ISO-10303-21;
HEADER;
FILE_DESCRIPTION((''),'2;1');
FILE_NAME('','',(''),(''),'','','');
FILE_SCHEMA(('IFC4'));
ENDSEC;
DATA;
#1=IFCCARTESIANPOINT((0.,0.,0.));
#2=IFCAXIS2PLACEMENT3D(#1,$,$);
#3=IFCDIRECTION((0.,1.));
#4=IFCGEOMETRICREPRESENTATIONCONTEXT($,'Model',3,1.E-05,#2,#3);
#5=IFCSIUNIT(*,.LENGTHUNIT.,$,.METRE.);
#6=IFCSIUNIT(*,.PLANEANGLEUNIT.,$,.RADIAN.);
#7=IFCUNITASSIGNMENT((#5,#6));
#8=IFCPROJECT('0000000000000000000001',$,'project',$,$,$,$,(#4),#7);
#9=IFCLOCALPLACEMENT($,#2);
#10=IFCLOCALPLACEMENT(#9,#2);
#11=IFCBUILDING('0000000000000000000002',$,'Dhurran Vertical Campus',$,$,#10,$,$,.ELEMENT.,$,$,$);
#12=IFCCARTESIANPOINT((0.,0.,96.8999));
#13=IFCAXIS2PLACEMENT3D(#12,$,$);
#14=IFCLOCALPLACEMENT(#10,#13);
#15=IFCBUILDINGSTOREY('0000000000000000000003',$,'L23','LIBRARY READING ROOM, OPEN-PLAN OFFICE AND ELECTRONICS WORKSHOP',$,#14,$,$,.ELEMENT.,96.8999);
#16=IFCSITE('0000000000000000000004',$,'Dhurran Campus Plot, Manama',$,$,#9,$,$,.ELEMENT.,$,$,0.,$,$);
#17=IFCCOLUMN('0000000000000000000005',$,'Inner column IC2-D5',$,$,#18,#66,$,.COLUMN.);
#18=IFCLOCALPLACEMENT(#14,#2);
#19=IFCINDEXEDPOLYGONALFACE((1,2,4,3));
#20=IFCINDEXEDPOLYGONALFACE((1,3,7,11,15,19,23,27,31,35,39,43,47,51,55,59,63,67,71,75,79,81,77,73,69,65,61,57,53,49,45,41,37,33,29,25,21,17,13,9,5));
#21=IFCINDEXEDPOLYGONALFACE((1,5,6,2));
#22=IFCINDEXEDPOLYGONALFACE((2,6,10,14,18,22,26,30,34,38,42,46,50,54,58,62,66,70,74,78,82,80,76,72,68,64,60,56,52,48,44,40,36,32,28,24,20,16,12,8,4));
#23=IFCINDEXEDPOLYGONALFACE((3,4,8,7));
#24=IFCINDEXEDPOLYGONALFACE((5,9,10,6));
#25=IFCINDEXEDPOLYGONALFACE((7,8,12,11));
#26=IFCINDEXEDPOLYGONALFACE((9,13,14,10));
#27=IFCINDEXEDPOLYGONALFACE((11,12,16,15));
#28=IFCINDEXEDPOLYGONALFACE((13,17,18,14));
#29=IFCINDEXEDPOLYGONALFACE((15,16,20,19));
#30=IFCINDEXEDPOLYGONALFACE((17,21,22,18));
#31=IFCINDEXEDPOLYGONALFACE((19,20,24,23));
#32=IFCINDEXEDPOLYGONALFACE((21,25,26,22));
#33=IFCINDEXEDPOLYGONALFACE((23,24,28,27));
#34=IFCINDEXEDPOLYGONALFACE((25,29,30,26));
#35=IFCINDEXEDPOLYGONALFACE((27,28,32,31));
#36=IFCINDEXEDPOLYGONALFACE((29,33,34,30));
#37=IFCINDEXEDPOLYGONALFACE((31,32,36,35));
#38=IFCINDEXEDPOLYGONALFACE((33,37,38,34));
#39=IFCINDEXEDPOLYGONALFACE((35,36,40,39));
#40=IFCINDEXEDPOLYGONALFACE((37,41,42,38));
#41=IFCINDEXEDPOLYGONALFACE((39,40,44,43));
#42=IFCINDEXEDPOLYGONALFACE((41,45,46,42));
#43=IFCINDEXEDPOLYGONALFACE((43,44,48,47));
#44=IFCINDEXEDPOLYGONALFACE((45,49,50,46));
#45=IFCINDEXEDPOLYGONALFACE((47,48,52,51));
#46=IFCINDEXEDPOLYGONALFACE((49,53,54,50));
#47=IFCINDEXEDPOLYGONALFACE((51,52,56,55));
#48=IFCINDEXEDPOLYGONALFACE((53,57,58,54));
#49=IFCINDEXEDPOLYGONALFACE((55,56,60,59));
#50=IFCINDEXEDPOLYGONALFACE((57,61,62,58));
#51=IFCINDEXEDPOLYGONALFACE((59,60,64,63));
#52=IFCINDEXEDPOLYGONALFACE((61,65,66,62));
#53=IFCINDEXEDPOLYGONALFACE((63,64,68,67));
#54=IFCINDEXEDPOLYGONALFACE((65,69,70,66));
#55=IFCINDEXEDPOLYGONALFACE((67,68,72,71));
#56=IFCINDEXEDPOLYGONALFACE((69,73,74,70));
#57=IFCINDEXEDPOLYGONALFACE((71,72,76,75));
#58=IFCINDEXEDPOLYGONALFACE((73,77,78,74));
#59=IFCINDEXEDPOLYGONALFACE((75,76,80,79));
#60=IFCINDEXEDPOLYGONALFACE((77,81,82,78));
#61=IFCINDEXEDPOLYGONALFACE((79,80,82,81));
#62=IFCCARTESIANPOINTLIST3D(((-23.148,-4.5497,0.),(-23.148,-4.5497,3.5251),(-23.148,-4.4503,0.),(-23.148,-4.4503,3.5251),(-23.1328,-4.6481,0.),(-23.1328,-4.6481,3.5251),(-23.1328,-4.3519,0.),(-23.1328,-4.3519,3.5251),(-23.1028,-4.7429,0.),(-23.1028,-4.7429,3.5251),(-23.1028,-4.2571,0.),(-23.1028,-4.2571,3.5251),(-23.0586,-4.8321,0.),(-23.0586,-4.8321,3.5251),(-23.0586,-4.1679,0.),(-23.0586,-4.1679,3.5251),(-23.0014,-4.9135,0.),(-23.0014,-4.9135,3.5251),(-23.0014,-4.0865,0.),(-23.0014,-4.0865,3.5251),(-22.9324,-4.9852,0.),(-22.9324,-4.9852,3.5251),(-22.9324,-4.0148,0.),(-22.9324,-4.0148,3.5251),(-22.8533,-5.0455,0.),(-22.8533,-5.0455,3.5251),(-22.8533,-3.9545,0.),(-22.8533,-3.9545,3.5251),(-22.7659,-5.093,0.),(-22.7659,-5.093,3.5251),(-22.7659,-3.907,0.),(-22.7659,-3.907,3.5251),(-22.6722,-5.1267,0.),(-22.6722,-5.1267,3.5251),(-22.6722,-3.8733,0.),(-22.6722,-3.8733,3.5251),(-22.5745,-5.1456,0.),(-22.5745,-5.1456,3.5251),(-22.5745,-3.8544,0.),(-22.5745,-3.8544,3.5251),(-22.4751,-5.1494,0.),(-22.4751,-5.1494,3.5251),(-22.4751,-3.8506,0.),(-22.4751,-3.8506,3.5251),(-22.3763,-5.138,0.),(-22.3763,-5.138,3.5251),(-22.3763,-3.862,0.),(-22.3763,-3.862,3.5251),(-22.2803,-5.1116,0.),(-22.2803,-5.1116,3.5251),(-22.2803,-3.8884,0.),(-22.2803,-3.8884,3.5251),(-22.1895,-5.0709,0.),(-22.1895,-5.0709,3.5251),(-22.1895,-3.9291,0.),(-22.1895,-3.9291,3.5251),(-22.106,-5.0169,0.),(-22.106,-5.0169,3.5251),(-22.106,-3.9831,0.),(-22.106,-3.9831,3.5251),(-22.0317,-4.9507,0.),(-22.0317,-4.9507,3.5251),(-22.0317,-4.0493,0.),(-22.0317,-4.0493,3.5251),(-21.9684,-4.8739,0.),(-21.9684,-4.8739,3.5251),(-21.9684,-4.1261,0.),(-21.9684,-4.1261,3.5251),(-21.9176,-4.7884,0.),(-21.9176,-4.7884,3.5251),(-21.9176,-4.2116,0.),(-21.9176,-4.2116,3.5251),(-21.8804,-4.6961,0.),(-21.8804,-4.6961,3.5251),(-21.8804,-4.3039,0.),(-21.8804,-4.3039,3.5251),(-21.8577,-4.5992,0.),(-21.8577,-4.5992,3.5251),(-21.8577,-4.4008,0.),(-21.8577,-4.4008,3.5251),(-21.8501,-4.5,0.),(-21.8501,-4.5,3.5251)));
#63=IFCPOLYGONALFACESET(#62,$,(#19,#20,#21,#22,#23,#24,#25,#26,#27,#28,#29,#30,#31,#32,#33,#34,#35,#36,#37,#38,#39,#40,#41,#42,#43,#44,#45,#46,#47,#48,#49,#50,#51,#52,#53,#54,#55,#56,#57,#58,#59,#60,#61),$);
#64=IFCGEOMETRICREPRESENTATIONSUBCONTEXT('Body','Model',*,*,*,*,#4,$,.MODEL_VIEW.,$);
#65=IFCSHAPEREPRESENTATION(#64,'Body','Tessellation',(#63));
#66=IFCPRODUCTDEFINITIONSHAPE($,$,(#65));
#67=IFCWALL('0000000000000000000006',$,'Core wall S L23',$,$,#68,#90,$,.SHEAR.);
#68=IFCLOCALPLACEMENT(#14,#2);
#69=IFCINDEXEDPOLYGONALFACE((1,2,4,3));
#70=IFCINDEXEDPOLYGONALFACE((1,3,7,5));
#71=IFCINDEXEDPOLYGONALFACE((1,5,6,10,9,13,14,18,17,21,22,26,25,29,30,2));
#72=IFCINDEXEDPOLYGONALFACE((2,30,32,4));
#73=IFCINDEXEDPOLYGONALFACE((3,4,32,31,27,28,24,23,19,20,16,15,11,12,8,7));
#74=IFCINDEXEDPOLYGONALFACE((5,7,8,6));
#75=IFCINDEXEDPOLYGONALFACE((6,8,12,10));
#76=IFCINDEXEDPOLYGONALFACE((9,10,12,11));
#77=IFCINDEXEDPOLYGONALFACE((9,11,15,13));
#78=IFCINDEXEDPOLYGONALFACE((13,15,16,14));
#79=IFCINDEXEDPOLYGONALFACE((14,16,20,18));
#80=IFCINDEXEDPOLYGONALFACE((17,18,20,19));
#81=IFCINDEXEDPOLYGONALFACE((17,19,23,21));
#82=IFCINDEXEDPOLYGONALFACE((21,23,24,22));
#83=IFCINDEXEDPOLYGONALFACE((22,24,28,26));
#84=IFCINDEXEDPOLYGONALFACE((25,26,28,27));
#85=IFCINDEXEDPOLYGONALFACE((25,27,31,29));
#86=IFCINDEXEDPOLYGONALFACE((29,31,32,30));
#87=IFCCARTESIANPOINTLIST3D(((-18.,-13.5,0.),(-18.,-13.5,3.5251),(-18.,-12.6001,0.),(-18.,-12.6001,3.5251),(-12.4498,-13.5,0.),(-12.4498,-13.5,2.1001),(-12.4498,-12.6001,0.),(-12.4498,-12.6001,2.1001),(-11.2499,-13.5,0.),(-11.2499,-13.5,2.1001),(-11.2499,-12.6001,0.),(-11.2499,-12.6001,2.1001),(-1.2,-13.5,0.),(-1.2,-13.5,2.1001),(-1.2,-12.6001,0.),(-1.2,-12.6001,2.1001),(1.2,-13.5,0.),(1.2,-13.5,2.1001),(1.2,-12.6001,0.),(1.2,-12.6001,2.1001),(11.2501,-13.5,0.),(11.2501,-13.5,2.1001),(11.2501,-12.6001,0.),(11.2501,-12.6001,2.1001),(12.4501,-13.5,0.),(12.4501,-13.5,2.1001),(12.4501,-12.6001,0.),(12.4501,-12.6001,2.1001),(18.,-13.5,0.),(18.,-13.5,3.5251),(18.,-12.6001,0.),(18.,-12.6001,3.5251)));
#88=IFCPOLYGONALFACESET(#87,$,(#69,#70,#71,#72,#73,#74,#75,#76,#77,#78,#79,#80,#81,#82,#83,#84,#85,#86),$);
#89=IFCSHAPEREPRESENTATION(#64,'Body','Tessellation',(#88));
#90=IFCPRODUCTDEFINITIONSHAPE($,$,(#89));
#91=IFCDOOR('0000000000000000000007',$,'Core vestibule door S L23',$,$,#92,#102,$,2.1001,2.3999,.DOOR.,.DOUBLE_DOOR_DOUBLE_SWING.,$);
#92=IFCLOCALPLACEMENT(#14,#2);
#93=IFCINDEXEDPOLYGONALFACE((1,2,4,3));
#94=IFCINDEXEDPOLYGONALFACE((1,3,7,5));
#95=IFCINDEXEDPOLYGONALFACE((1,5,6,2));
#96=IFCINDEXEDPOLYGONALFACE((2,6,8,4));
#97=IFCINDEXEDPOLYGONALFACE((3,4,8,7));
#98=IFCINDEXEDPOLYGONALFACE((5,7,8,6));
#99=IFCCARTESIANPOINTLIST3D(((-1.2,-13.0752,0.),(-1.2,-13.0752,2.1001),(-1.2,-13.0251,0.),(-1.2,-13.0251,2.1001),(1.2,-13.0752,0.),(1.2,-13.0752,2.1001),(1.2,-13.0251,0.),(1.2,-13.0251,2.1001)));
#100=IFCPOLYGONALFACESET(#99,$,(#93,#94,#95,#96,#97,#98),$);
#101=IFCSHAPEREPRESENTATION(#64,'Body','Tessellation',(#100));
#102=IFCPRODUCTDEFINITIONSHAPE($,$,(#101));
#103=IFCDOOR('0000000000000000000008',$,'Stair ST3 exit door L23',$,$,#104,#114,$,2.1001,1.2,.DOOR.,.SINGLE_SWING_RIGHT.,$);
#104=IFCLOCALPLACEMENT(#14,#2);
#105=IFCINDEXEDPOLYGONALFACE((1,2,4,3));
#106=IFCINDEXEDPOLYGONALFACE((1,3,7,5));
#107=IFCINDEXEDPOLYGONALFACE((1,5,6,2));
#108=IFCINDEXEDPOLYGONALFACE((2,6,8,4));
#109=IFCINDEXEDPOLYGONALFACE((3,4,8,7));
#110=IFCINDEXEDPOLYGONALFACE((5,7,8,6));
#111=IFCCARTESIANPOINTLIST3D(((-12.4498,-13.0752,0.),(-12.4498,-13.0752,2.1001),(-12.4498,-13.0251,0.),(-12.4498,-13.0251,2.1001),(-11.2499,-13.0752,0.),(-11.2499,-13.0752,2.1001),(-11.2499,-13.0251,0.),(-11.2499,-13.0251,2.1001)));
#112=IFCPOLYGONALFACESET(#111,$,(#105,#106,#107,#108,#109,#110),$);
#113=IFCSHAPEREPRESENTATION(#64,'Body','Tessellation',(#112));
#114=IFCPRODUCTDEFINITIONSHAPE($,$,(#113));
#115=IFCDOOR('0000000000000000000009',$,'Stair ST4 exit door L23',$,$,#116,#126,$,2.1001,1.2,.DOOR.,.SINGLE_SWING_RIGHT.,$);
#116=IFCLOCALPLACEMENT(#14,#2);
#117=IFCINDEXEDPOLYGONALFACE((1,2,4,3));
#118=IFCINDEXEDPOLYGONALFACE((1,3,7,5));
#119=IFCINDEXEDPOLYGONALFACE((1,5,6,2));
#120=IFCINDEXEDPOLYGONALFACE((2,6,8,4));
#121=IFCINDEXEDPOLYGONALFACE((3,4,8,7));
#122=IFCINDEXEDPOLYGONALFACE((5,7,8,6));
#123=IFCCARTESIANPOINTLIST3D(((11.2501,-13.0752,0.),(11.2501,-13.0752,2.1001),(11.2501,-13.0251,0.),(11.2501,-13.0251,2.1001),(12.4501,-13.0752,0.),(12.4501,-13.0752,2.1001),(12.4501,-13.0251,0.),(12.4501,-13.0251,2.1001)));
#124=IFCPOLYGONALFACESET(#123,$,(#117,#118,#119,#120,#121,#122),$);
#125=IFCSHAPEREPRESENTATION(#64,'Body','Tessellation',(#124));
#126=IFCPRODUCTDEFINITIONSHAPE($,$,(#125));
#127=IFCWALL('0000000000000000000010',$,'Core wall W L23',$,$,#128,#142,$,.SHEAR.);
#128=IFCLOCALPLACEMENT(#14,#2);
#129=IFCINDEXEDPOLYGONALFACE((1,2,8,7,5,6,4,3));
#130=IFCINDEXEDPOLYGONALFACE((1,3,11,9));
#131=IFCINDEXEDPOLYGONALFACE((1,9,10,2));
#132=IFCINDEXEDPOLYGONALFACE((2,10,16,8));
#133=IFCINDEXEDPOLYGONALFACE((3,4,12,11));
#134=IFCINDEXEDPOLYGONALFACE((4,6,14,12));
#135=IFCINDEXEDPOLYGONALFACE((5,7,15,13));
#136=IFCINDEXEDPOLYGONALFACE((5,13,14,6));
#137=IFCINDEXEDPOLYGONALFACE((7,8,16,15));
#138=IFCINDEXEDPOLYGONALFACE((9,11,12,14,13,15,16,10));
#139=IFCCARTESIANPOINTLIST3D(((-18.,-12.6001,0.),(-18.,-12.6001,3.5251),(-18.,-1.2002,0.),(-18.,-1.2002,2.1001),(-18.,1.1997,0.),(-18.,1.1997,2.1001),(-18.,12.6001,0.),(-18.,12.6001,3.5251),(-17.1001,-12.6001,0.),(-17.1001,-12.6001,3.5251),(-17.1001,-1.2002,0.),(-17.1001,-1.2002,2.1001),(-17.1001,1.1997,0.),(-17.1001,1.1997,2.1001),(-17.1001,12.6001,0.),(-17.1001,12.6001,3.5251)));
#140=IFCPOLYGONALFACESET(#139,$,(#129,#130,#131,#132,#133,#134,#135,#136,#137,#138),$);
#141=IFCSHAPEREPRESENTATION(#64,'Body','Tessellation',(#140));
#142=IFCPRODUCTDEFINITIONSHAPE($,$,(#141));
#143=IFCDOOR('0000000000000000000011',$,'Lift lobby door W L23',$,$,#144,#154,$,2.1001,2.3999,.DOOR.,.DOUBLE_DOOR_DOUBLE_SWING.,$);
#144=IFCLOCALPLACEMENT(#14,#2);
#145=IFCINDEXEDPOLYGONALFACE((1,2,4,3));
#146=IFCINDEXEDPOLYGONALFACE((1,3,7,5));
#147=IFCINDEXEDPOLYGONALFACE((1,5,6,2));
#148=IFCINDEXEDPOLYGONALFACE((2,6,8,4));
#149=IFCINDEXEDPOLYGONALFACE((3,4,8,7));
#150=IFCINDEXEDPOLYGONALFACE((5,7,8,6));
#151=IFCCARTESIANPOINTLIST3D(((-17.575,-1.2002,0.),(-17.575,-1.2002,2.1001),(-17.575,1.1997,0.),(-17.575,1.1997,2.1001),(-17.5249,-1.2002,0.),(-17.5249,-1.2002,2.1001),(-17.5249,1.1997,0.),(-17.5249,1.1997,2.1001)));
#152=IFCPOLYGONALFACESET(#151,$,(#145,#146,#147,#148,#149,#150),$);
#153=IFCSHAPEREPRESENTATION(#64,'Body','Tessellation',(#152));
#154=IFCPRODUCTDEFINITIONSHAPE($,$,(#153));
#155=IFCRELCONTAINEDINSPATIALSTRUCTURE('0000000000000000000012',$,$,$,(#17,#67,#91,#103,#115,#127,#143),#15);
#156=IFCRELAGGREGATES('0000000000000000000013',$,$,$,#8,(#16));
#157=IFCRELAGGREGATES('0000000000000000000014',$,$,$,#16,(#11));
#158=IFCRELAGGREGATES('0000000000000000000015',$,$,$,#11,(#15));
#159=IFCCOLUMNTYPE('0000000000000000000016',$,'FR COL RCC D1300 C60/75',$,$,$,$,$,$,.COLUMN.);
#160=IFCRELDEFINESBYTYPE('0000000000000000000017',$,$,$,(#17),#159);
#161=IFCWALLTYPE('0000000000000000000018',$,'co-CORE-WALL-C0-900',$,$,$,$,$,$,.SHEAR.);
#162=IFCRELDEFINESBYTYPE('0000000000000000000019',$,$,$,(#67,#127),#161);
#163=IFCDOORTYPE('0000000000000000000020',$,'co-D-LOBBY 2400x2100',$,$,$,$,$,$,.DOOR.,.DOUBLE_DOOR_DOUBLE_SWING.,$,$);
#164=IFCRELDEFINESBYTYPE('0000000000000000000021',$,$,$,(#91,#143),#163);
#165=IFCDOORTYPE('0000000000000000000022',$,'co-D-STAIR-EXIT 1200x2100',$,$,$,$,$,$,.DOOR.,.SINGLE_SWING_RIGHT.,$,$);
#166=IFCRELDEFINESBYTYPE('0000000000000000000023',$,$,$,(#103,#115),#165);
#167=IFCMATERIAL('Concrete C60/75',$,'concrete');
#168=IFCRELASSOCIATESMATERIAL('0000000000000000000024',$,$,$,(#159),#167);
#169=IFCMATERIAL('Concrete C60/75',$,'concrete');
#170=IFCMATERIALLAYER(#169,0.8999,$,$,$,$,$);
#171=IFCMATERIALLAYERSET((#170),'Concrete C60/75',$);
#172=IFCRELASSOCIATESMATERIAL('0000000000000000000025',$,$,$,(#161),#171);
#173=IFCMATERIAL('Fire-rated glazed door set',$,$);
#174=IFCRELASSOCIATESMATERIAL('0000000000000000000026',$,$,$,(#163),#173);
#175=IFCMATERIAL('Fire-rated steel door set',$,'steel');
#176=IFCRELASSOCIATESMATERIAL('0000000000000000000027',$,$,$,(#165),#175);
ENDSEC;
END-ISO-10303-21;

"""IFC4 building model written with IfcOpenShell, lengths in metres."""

from ifc_helpers import new_model, si_unit, direction, frame, frame_2d, origin, origin_2d, place, context, subcontext, project, spatial, rectangle, circle, extrude, material, layer, layer_set, material_profile, profile_set, type_object, element, fill, save


model = new_model("IFC4")

# Units and contexts
model_context = context("Model", 3, precision=1e-05, world=origin(), true_north=direction((0.0, 1.0)))
body_context = subcontext(model_context, "Body", "Model", "MODEL_VIEW")
ifc_project = project(units=[si_unit("LENGTHUNIT", "METRE"), si_unit("PLANEANGLEUNIT", "RADIAN")], contexts=[model_context])

# Site, building, storey
site_placement = place(None, origin())
site = spatial("IfcSite", under=ifc_project, at=site_placement, Name="Dhurran Campus Plot, Manama", CompositionType="ELEMENT", RefElevation=0.0)
building_placement = place(site_placement, origin())
building = spatial("IfcBuilding", under=site, at=building_placement, Name="Dhurran Vertical Campus", CompositionType="ELEMENT")
storey_placement = place(building_placement, frame((0.0, 0.0, 96.8999)))
storey = spatial("IfcBuildingStorey", under=building, at=storey_placement, Name="L23", Description="LIBRARY READING ROOM, OPEN-PLAN OFFICE AND ELECTRONICS WORKSHOP", CompositionType="ELEMENT", Elevation=96.8999)

# Column
ifc_material_1 = material(Name="Concrete C60/75", Category="concrete")
ifc_material_profile = material_profile(ifc_material_1, circle(Radius=0.6499, at=origin_2d()), Name="RCC D1300")
ifc_profile_set = profile_set([ifc_material_profile], Name="Concrete C60/75")
column_type = type_object("IfcColumnType", Name="FR COL RCC D1300 C60/75", PredefinedType="COLUMN", material=ifc_profile_set)
column_placement = place(storey_placement, frame((-22.5, -4.5, 0.0), z_axis=(0.0, 0.0, 1.0), x_axis=(1.0, 0.0, 0.0)))
element("IfcColumn", 1, at=column_placement, inside=storey, type_object=column_type, Name="Inner column IC2-D5", PredefinedType="COLUMN", context=body_context, shape_type="SweptSolid", body=[
    extrude(circle(Radius=0.6499, at=origin_2d()), origin(), (0.0, 0.0, 1.0), 3.5251),
])

# Wall, openings, doors
ifc_material_2 = material(Name="Concrete C60/75", Category="concrete")
ifc_layer_1 = layer(ifc_material_2, 0.8999)
ifc_layer_set_1 = layer_set([ifc_layer_1], Name="Concrete C60/75")
wall_type_1 = type_object("IfcWallType", Name="co-CORE-WALL-C0-900", PredefinedType="SHEAR", material=ifc_layer_set_1)
wall_1_placement = place(storey_placement, frame((-18.0, -13.05, 0.0), z_axis=(0.0, 0.0, 1.0), x_axis=(1.0, 0.0, 0.0)))
wall_1 = element("IfcWall", 2, at=wall_1_placement, inside=storey, type_object=wall_type_1, Name="Core wall S L23", PredefinedType="SHEAR", context=body_context, shape_type="SweptSolid", body=[
    extrude(rectangle(XDim=36.0, YDim=0.8999, at=frame_2d((18.0, 0.0))), origin(), (0.0, 0.0, 1.0), 3.5251),
])
opening_1_placement = place(wall_1_placement, frame((16.8, 0.0, 0.0)))
opening_1 = element("IfcOpeningElement", 3, at=opening_1_placement, cuts=wall_1, PredefinedType="OPENING", context=body_context, shape_type="SweptSolid", body=[
    extrude(rectangle(XDim=2.3999, YDim=2.1001, at=frame_2d((1.2, 1.05))), frame((0.0, 0.46, 0.0), z_axis=(0.0, -1.0, 0.0), x_axis=(1.0, 0.0, 0.0)), (0.0, 0.0, 1.0), 0.9199),
])
opening_2_placement = place(wall_1_placement, frame((5.55, 0.0, 0.0)))
opening_2 = element("IfcOpeningElement", 4, at=opening_2_placement, cuts=wall_1, PredefinedType="OPENING", context=body_context, shape_type="SweptSolid", body=[
    extrude(rectangle(XDim=1.2, YDim=2.1001, at=frame_2d((0.6001, 1.05))), frame((0.0, 0.46, 0.0), z_axis=(0.0, -1.0, 0.0), x_axis=(1.0, 0.0, 0.0)), (0.0, 0.0, 1.0), 0.9199),
])
opening_3_placement = place(wall_1_placement, frame((29.25, 0.0, 0.0)))
opening_3 = element("IfcOpeningElement", 5, at=opening_3_placement, cuts=wall_1, PredefinedType="OPENING", context=body_context, shape_type="SweptSolid", body=[
    extrude(rectangle(XDim=1.2, YDim=2.1001, at=frame_2d((0.6001, 1.05))), frame((0.0, 0.46, 0.0), z_axis=(0.0, -1.0, 0.0), x_axis=(1.0, 0.0, 0.0)), (0.0, 0.0, 1.0), 0.9199),
])
ifc_material_3 = material(Name="Fire-rated glazed door set")
door_type_1 = type_object("IfcDoorType", Name="co-D-LOBBY 2400x2100", OperationType="DOUBLE_DOOR_DOUBLE_SWING", PredefinedType="DOOR", material=ifc_material_3)
door_1_placement = place(opening_1_placement, origin())
door_1 = element("IfcDoor", 6, at=door_1_placement, inside=storey, type_object=door_type_1, Name="Core vestibule door S L23", OperationType="DOUBLE_DOOR_DOUBLE_SWING", OverallHeight=2.1001, OverallWidth=2.3999, PredefinedType="DOOR", context=body_context, shape_type="SweptSolid", body=[
    extrude(rectangle(XDim=2.3999, YDim=2.1001, at=frame_2d((1.2, 1.05))), frame((0.0, 0.0249, 0.0), z_axis=(0.0, -1.0, 0.0), x_axis=(1.0, 0.0, 0.0)), (0.0, 0.0, 1.0), 0.05),
])
fill(opening_1, door_1)
ifc_material_4 = material(Name="Fire-rated steel door set", Category="steel")
door_type_2 = type_object("IfcDoorType", Name="co-D-STAIR-EXIT 1200x2100", OperationType="SINGLE_SWING_RIGHT", PredefinedType="DOOR", material=ifc_material_4)
door_2_placement = place(opening_2_placement, origin())
door_2 = element("IfcDoor", 7, at=door_2_placement, inside=storey, type_object=door_type_2, Name="Stair ST3 exit door L23", OperationType="SINGLE_SWING_RIGHT", OverallHeight=2.1001, OverallWidth=1.2, PredefinedType="DOOR", context=body_context, shape_type="SweptSolid", body=[
    extrude(rectangle(XDim=1.2, YDim=2.1001, at=frame_2d((0.6001, 1.05))), frame((0.0, 0.0249, 0.0), z_axis=(0.0, -1.0, 0.0), x_axis=(1.0, 0.0, 0.0)), (0.0, 0.0, 1.0), 0.05),
])
fill(opening_2, door_2)
door_3_placement = place(opening_3_placement, origin())
door_3 = element("IfcDoor", 8, at=door_3_placement, inside=storey, type_object=door_type_2, Name="Stair ST4 exit door L23", OperationType="SINGLE_SWING_RIGHT", OverallHeight=2.1001, OverallWidth=1.2, PredefinedType="DOOR", context=body_context, shape_type="SweptSolid", body=[
    extrude(rectangle(XDim=1.2, YDim=2.1001, at=frame_2d((0.6001, 1.05))), frame((0.0, 0.0249, 0.0), z_axis=(0.0, -1.0, 0.0), x_axis=(1.0, 0.0, 0.0)), (0.0, 0.0, 1.0), 0.05),
])
fill(opening_3, door_3)

# Wall, opening, door
wall_2_placement = place(storey_placement, frame((-17.55, -12.6001, 0.0), z_axis=(0.0, 0.0, 1.0), x_axis=(0.0, 1.0, 0.0)))
wall_2 = element("IfcWall", 9, at=wall_2_placement, inside=storey, type_object=wall_type_1, Name="Core wall W L23", PredefinedType="SHEAR", context=body_context, shape_type="SweptSolid", body=[
    extrude(rectangle(XDim=25.2002, YDim=0.8999, at=frame_2d((12.6001, 0.0))), origin(), (0.0, 0.0, 1.0), 3.5251),
])
opening_4_placement = place(wall_2_placement, frame((11.3999, 0.0, 0.0)))
opening_4 = element("IfcOpeningElement", 10, at=opening_4_placement, cuts=wall_2, PredefinedType="OPENING", context=body_context, shape_type="SweptSolid", body=[
    extrude(rectangle(XDim=2.3999, YDim=2.1001, at=frame_2d((1.2, 1.05))), frame((0.0, 0.46, 0.0), z_axis=(0.0, -1.0, 0.0), x_axis=(1.0, 0.0, 0.0)), (0.0, 0.0, 1.0), 0.9199),
])
door_4_placement = place(opening_4_placement, origin())
door_4 = element("IfcDoor", 11, at=door_4_placement, inside=storey, type_object=door_type_1, Name="Lift lobby door W L23", OperationType="DOUBLE_DOOR_DOUBLE_SWING", OverallHeight=2.1001, OverallWidth=2.3999, PredefinedType="DOOR", context=body_context, shape_type="SweptSolid", body=[
    extrude(rectangle(XDim=2.3999, YDim=2.1001, at=frame_2d((1.2, 1.05))), frame((0.0, 0.0249, 0.0), z_axis=(0.0, -1.0, 0.0), x_axis=(1.0, 0.0, 0.0)), (0.0, 0.0, 1.0), 0.05),
])
fill(opening_4, door_4)

save(model, "model.ifc")
